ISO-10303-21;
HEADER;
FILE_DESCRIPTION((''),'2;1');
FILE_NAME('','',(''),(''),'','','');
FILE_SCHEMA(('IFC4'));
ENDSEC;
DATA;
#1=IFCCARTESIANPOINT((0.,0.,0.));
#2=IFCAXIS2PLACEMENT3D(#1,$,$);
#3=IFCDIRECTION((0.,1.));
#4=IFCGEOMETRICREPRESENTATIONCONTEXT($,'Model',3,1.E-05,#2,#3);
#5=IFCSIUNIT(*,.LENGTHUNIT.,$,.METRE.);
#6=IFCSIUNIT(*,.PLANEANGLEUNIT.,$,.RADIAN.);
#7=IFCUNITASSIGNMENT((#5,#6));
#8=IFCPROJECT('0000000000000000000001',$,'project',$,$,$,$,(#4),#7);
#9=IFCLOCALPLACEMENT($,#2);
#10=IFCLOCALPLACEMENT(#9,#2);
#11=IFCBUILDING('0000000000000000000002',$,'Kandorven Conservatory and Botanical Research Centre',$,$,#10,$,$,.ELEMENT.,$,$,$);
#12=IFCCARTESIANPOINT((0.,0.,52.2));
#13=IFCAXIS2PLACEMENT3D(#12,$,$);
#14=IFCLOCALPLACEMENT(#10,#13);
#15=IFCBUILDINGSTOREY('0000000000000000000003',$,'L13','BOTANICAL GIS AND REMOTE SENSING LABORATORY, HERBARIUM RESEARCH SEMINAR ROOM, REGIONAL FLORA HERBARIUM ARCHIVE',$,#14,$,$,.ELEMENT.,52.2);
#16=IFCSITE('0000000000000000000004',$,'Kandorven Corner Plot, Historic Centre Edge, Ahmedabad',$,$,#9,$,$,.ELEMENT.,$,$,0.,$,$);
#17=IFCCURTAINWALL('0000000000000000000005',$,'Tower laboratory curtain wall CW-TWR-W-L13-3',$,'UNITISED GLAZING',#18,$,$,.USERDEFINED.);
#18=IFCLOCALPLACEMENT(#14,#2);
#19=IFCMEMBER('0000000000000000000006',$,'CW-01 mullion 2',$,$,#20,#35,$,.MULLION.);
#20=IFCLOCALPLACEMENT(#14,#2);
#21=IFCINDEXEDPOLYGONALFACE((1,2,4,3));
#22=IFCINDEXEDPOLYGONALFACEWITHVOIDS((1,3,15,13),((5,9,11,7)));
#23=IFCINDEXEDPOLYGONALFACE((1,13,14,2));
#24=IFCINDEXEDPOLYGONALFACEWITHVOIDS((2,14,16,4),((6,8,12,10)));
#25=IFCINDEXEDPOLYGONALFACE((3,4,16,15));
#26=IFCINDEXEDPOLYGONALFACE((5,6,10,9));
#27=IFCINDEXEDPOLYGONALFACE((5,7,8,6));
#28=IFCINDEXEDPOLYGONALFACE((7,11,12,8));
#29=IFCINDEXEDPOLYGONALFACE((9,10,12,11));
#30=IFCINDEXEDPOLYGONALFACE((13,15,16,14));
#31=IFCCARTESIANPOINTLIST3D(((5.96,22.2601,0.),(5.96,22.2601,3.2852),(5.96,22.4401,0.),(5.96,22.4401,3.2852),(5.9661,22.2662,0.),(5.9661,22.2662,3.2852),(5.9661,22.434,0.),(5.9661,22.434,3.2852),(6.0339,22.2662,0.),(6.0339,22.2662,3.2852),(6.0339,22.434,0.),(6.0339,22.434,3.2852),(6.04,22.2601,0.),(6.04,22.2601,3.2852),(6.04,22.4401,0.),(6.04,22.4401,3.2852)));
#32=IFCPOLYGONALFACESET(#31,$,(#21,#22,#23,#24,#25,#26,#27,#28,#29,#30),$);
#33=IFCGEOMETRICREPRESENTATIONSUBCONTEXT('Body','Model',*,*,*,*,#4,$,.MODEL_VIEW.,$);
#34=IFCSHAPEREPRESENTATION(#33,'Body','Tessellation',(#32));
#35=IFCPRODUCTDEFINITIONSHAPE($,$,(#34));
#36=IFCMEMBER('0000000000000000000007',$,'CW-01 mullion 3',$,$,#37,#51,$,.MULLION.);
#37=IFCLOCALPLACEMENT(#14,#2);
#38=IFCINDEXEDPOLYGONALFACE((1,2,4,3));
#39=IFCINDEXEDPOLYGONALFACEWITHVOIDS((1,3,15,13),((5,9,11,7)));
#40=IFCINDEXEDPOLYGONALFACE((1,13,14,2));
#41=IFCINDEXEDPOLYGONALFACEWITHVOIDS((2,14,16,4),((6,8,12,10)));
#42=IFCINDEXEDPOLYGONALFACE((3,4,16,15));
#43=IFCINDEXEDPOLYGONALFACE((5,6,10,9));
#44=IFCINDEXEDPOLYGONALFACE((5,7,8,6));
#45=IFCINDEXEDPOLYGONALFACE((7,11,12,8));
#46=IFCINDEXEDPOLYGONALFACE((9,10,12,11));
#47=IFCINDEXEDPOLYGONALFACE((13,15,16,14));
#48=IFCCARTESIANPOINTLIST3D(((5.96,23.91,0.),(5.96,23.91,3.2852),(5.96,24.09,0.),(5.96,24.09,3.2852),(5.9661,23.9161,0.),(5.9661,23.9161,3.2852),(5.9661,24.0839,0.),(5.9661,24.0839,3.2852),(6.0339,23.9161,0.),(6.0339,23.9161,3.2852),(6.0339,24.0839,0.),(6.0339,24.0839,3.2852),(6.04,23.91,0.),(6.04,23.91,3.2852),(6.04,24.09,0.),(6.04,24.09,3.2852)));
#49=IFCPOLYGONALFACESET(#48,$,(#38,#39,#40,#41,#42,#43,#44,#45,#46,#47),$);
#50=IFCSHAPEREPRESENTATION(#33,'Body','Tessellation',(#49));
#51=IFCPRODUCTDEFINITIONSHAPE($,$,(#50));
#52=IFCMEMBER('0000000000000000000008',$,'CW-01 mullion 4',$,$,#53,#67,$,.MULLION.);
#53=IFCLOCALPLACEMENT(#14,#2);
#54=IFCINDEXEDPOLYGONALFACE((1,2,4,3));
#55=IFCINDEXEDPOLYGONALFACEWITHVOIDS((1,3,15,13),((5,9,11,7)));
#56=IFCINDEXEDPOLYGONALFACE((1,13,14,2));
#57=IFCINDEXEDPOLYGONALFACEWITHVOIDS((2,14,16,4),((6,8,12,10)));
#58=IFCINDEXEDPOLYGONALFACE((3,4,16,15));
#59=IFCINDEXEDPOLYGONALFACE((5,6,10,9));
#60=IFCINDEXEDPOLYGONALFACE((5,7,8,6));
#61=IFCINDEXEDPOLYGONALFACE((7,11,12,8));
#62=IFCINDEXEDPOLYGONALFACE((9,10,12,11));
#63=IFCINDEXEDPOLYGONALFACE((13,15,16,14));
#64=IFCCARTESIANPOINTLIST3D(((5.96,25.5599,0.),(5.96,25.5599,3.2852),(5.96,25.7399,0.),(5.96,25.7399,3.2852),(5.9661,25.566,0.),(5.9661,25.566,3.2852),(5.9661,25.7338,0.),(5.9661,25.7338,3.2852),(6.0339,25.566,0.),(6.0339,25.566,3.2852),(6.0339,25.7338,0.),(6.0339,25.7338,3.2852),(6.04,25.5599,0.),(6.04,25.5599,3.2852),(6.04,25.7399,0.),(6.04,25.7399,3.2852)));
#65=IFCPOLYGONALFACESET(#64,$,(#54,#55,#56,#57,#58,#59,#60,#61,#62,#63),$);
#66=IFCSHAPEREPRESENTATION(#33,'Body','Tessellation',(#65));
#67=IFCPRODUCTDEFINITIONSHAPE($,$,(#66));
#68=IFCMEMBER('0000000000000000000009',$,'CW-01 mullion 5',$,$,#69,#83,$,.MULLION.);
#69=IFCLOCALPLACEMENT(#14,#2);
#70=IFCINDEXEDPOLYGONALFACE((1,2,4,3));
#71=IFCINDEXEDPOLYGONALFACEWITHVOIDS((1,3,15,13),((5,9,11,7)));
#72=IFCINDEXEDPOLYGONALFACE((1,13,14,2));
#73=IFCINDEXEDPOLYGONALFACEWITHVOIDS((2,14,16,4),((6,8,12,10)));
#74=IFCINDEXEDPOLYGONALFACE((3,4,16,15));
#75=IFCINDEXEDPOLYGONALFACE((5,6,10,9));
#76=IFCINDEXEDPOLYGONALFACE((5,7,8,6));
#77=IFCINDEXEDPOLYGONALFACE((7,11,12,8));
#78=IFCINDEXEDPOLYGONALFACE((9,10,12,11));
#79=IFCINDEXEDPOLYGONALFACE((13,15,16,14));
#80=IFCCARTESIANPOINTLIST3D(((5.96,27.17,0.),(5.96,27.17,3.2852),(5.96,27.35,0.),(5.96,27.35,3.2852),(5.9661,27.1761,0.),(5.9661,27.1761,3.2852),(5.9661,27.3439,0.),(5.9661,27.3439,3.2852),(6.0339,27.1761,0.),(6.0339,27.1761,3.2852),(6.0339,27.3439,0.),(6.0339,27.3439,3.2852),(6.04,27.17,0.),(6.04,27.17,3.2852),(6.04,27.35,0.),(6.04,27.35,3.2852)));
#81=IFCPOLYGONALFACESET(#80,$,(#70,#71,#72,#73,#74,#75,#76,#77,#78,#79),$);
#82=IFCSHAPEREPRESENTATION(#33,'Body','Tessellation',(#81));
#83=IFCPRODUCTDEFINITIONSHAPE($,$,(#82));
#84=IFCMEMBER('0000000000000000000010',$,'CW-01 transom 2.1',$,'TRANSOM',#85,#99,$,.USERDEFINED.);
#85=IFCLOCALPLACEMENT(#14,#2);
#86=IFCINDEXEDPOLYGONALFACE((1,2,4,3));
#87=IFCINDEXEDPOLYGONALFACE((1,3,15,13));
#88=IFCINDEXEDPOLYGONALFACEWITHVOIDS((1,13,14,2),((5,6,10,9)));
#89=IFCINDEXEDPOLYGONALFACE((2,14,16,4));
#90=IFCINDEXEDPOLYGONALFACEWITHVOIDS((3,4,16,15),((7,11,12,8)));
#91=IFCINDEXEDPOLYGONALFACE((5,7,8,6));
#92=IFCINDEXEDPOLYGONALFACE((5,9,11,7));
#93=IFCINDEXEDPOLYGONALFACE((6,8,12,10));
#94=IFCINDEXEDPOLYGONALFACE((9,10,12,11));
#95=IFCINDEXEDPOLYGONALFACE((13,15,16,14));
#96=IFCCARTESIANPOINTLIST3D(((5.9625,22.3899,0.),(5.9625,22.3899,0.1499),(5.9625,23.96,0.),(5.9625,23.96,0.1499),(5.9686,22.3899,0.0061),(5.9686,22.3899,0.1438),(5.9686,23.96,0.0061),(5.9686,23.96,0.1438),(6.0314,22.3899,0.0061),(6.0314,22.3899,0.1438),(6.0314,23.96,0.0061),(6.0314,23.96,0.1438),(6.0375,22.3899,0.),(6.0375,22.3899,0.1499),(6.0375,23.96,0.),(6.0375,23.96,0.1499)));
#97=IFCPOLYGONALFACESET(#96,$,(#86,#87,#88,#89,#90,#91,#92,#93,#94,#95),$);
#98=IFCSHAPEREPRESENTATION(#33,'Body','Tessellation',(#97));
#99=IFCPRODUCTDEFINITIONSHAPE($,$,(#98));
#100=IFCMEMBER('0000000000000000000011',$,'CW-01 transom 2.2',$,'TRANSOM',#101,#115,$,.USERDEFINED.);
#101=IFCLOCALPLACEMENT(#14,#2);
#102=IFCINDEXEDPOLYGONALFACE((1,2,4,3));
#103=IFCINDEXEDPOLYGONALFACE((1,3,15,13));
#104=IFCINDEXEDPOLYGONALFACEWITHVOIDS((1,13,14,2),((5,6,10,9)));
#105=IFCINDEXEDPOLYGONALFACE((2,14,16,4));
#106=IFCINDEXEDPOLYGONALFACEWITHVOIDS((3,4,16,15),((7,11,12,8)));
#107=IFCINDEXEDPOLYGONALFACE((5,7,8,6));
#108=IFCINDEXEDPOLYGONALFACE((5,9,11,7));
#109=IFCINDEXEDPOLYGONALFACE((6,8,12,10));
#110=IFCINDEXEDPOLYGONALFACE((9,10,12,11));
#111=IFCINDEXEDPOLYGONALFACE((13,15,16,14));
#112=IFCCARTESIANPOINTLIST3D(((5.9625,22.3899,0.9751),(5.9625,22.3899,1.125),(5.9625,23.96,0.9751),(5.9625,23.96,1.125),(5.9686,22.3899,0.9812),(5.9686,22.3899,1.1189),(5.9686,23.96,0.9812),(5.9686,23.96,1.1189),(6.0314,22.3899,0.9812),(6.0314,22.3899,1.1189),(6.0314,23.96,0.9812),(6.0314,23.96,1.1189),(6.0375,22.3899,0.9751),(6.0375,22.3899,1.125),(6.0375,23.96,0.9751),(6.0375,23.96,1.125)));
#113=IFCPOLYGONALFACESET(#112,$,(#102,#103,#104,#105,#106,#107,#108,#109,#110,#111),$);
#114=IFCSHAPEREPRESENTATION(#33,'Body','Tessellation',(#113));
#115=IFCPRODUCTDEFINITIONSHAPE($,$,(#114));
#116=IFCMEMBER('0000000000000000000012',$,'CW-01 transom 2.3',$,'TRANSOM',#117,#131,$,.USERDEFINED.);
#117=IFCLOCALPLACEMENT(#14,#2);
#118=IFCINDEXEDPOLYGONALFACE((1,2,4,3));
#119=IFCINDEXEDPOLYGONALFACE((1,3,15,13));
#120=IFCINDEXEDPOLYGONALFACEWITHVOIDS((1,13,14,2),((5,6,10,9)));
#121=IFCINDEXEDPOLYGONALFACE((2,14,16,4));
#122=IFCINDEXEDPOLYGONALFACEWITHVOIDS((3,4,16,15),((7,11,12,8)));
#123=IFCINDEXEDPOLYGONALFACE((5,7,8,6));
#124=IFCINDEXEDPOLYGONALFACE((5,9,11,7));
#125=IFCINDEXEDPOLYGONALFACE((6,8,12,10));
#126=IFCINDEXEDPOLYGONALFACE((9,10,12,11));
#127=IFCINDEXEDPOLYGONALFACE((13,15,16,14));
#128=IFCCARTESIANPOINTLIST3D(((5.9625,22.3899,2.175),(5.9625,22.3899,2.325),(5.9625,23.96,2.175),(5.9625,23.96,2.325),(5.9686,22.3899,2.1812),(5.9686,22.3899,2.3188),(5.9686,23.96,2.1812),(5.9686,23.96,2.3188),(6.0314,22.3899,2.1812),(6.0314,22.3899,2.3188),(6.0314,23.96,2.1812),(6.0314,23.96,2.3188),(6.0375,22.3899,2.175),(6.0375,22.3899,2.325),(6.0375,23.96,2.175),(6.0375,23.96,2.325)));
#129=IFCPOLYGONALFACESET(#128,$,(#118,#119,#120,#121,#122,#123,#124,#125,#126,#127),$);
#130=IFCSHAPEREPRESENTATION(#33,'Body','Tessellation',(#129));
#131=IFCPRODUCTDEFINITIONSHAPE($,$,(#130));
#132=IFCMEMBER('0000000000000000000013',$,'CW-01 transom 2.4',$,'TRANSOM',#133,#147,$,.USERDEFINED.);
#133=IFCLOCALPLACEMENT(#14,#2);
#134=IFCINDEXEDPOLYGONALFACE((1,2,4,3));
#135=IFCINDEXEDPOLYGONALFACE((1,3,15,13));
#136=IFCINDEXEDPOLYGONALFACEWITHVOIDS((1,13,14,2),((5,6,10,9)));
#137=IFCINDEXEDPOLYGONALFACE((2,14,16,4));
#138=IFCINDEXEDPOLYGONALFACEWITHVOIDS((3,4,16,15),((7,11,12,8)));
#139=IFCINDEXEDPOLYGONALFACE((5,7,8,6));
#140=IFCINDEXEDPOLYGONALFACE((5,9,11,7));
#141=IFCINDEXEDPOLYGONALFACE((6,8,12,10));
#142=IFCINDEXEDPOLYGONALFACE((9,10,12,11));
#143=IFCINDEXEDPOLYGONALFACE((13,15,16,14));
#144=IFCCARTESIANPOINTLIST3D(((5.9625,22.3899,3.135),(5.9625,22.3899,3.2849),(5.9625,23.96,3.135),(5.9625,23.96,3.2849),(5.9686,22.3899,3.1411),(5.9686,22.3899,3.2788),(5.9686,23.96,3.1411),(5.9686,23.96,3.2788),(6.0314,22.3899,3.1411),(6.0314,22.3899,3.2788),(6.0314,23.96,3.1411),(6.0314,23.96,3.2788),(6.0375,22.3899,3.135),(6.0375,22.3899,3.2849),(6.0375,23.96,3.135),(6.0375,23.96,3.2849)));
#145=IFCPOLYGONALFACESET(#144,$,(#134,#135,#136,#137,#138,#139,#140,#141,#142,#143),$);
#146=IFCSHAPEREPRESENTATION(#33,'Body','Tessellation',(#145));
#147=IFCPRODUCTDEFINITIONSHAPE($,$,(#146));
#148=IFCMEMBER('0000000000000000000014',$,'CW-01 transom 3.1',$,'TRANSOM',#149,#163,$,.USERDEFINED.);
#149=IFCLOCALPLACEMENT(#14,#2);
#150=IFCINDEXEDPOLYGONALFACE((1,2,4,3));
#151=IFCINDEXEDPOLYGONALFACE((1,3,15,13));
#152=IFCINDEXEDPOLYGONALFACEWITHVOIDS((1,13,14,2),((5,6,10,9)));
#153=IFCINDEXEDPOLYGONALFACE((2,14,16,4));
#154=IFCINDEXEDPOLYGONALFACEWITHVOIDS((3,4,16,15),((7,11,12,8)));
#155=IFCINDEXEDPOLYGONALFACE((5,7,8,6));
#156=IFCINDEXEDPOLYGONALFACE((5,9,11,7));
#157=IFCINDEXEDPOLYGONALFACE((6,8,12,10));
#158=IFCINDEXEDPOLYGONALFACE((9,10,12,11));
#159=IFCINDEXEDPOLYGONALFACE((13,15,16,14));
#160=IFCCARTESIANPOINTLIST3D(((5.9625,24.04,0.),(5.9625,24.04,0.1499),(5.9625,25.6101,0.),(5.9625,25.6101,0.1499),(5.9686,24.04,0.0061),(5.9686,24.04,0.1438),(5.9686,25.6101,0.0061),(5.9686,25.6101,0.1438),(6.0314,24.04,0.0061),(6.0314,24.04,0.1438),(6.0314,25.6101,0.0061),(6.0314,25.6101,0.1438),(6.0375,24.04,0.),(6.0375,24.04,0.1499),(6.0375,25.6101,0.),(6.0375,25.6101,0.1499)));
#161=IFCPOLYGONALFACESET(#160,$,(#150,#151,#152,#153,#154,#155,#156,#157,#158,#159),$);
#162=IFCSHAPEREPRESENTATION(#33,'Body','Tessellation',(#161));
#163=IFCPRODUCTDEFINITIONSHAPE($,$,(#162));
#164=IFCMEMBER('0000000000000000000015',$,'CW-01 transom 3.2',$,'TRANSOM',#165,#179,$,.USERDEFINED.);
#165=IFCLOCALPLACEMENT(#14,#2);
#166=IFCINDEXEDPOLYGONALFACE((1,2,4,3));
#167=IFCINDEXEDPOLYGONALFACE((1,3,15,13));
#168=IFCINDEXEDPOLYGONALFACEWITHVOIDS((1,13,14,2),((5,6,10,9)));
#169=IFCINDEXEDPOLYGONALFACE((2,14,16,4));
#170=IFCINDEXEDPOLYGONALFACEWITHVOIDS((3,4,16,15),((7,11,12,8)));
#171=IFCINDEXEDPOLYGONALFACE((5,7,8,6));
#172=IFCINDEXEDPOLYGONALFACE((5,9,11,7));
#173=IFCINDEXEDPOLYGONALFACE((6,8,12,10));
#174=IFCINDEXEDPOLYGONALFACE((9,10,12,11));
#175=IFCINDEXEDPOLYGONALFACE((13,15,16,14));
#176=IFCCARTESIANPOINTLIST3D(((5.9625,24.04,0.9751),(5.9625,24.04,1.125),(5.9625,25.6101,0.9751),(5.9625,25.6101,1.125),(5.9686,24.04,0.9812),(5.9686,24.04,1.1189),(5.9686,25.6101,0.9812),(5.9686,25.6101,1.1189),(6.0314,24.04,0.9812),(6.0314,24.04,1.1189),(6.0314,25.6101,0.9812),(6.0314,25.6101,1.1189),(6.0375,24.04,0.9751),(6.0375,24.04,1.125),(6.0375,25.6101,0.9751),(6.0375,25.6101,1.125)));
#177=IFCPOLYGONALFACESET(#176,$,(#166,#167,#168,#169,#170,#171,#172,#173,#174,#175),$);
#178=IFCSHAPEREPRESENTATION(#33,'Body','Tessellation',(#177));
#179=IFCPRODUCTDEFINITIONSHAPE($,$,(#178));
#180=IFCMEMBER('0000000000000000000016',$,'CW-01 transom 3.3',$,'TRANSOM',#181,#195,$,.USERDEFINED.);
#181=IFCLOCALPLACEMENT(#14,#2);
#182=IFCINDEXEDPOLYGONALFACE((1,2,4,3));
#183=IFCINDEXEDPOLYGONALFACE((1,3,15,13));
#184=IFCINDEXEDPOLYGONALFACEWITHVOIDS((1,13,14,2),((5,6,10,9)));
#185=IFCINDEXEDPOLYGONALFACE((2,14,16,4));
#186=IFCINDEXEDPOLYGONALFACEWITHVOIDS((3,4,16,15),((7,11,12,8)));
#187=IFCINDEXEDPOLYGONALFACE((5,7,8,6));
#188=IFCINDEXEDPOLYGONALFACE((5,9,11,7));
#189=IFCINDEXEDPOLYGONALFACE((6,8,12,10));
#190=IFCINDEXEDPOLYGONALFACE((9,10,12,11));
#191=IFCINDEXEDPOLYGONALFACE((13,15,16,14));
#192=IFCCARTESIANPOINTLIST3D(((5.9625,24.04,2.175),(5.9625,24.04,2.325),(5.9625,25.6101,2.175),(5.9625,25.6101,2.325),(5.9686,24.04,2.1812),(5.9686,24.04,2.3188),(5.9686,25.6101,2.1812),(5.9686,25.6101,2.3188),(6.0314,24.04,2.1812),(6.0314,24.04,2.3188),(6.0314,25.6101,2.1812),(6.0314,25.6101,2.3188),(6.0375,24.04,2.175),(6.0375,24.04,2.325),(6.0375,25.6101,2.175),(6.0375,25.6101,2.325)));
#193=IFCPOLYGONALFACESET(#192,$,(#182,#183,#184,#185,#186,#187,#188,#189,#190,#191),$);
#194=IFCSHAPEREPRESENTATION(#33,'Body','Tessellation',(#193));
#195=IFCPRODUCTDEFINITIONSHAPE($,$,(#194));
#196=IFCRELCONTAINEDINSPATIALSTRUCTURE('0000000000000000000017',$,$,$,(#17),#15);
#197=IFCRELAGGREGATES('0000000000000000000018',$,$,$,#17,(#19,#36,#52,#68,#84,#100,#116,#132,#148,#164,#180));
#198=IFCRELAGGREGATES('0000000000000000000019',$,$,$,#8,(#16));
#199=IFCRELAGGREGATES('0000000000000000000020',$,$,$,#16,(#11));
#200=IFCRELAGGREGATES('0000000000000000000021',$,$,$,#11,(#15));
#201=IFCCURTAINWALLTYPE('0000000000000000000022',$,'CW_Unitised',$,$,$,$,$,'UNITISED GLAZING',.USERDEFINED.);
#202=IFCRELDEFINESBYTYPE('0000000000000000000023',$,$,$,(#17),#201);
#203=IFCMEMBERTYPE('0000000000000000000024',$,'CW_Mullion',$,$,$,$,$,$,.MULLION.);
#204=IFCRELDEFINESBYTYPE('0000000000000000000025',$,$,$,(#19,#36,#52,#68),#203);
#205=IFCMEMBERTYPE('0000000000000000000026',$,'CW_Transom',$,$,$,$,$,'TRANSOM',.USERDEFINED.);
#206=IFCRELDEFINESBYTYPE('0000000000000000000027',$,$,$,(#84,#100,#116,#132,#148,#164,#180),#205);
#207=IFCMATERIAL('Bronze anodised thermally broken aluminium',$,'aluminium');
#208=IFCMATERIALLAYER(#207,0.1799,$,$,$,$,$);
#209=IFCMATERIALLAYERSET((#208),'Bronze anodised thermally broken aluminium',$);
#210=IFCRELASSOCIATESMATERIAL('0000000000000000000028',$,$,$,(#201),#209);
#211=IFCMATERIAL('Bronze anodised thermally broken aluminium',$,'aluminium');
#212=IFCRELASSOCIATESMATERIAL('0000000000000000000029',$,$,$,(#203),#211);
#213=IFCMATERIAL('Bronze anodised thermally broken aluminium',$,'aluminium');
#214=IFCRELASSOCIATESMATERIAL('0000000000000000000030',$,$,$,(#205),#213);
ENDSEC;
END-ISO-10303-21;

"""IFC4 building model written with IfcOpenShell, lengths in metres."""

from ifc_helpers import new_model, si_unit, direction, frame, origin, origin_2d, place, context, subcontext, project, spatial, hollow_rectangle, extrude, material, layer, layer_set, material_profile, profile_set, type_object, element, aggregate, save


model = new_model("IFC4")

# Units and contexts
model_context = context("Model", 3, precision=1e-05, world=origin(), true_north=direction((0.0, 1.0)))
body_context = subcontext(model_context, "Body", "Model", "MODEL_VIEW")
ifc_project = project(units=[si_unit("LENGTHUNIT", "METRE"), si_unit("PLANEANGLEUNIT", "RADIAN")], contexts=[model_context])

# Site, building, storey
site_placement = place(None, origin())
site = spatial("IfcSite", under=ifc_project, at=site_placement, Name="Kandorven Corner Plot, Historic Centre Edge, Ahmedabad", CompositionType="ELEMENT", RefElevation=0.0)
building_placement = place(site_placement, origin())
building = spatial("IfcBuilding", under=site, at=building_placement, Name="Kandorven Conservatory and Botanical Research Centre", CompositionType="ELEMENT")
storey_placement = place(building_placement, frame((0.0, 0.0, 52.2)))
storey = spatial("IfcBuildingStorey", under=building, at=storey_placement, Name="L13", Description="BOTANICAL GIS AND REMOTE SENSING LABORATORY, HERBARIUM RESEARCH SEMINAR ROOM, REGIONAL FLORA HERBARIUM ARCHIVE", CompositionType="ELEMENT", Elevation=52.2)

# Curtain wall, members
ifc_material_1 = material(Name="Bronze anodised thermally broken aluminium", Category="aluminium")
ifc_layer_1 = layer(ifc_material_1, 0.1799)
ifc_layer_set_1 = layer_set([ifc_layer_1], Name="Bronze anodised thermally broken aluminium")
curtain_wall_type = type_object("IfcCurtainWallType", Name="CW_Unitised", ElementType="UNITISED GLAZING", PredefinedType="USERDEFINED", material=ifc_layer_set_1)
curtain_wall_placement = place(storey_placement, origin())
curtain_wall = element("IfcCurtainWall", 1, at=curtain_wall_placement, inside=storey, type_object=curtain_wall_type, Name="Tower laboratory curtain wall CW-TWR-W-L13-3", ObjectType="UNITISED GLAZING", PredefinedType="USERDEFINED")
ifc_material_2 = material(Name="Bronze anodised thermally broken aluminium", Category="aluminium")
ifc_material_profile_1 = material_profile(ifc_material_2, hollow_rectangle(XDim=0.0801, YDim=0.1799, WallThickness=0.0061, at=origin_2d()))
ifc_profile_set_1 = profile_set([ifc_material_profile_1], Name="Bronze anodised thermally broken aluminium")
member_type_1 = type_object("IfcMemberType", Name="CW_Mullion", PredefinedType="MULLION", material=ifc_profile_set_1)
member_1_placement = place(storey_placement, frame((6.0, 22.3501, 0.0), z_axis=(0.0, 0.0, 1.0), x_axis=(-1.0, 0.0, 0.0)))
member_1 = element("IfcMember", 2, at=member_1_placement, type_object=member_type_1, Name="CW-01 mullion 2", PredefinedType="MULLION", context=body_context, shape_type="SweptSolid", body=[
    extrude(hollow_rectangle(XDim=0.0801, YDim=0.1799, WallThickness=0.0061, at=origin_2d()), origin(), (0.0, 0.0, 1.0), 3.2852),
])
member_2_placement = place(storey_placement, frame((6.0, 24.0, 0.0), z_axis=(0.0, 0.0, 1.0), x_axis=(-1.0, 0.0, 0.0)))
member_2 = element("IfcMember", 3, at=member_2_placement, type_object=member_type_1, Name="CW-01 mullion 3", PredefinedType="MULLION", context=body_context, shape_type="SweptSolid", body=[
    extrude(hollow_rectangle(XDim=0.0801, YDim=0.1799, WallThickness=0.0061, at=origin_2d()), origin(), (0.0, 0.0, 1.0), 3.2852),
])
member_3_placement = place(storey_placement, frame((6.0, 25.6499, 0.0), z_axis=(0.0, 0.0, 1.0), x_axis=(-1.0, 0.0, 0.0)))
member_3 = element("IfcMember", 4, at=member_3_placement, type_object=member_type_1, Name="CW-01 mullion 4", PredefinedType="MULLION", context=body_context, shape_type="SweptSolid", body=[
    extrude(hollow_rectangle(XDim=0.0801, YDim=0.1799, WallThickness=0.0061, at=origin_2d()), origin(), (0.0, 0.0, 1.0), 3.2852),
])
member_4_placement = place(storey_placement, frame((6.0, 27.26, 0.0), z_axis=(0.0, 0.0, 1.0), x_axis=(-1.0, 0.0, 0.0)))
member_4 = element("IfcMember", 5, at=member_4_placement, type_object=member_type_1, Name="CW-01 mullion 5", PredefinedType="MULLION", context=body_context, shape_type="SweptSolid", body=[
    extrude(hollow_rectangle(XDim=0.0801, YDim=0.1799, WallThickness=0.0061, at=origin_2d()), origin(), (0.0, 0.0, 1.0), 3.2852),
])
ifc_material_3 = material(Name="Bronze anodised thermally broken aluminium", Category="aluminium")
ifc_material_profile_2 = material_profile(ifc_material_3, hollow_rectangle(XDim=0.075, YDim=0.1499, WallThickness=0.0061, at=origin_2d()))
ifc_profile_set_2 = profile_set([ifc_material_profile_2], Name="Bronze anodised thermally broken aluminium")
member_type_2 = type_object("IfcMemberType", Name="CW_Transom", ElementType="TRANSOM", PredefinedType="USERDEFINED", material=ifc_profile_set_2)
member_5_placement = place(storey_placement, frame((6.0, 22.3899, 0.075), z_axis=(0.0, 1.0, 0.0), x_axis=(-1.0, 0.0, 0.0)))
member_5 = element("IfcMember", 6, at=member_5_placement, type_object=member_type_2, Name="CW-01 transom 2.1", ObjectType="TRANSOM", PredefinedType="USERDEFINED", context=body_context, shape_type="SweptSolid", body=[
    extrude(hollow_rectangle(XDim=0.075, YDim=0.1499, WallThickness=0.0061, at=origin_2d()), origin(), (0.0, 0.0, 1.0), 1.5701),
])
member_6_placement = place(storey_placement, frame((6.0, 22.3899, 1.05), z_axis=(0.0, 1.0, 0.0), x_axis=(-1.0, 0.0, 0.0)))
member_6 = element("IfcMember", 7, at=member_6_placement, type_object=member_type_2, Name="CW-01 transom 2.2", ObjectType="TRANSOM", PredefinedType="USERDEFINED", context=body_context, shape_type="SweptSolid", body=[
    extrude(hollow_rectangle(XDim=0.075, YDim=0.1499, WallThickness=0.0061, at=origin_2d()), origin(), (0.0, 0.0, 1.0), 1.5701),
])
member_7_placement = place(storey_placement, frame((6.0, 22.3899, 2.25), z_axis=(0.0, 1.0, 0.0), x_axis=(-1.0, 0.0, 0.0)))
member_7 = element("IfcMember", 8, at=member_7_placement, type_object=member_type_2, Name="CW-01 transom 2.3", ObjectType="TRANSOM", PredefinedType="USERDEFINED", context=body_context, shape_type="SweptSolid", body=[
    extrude(hollow_rectangle(XDim=0.075, YDim=0.1499, WallThickness=0.0061, at=origin_2d()), origin(), (0.0, 0.0, 1.0), 1.5701),
])
member_8_placement = place(storey_placement, frame((6.0, 22.3899, 3.21), z_axis=(0.0, 1.0, 0.0), x_axis=(-1.0, 0.0, 0.0)))
member_8 = element("IfcMember", 9, at=member_8_placement, type_object=member_type_2, Name="CW-01 transom 2.4", ObjectType="TRANSOM", PredefinedType="USERDEFINED", context=body_context, shape_type="SweptSolid", body=[
    extrude(hollow_rectangle(XDim=0.075, YDim=0.1499, WallThickness=0.0061, at=origin_2d()), origin(), (0.0, 0.0, 1.0), 1.5701),
])
member_9_placement = place(storey_placement, frame((6.0, 24.04, 0.075), z_axis=(0.0, 1.0, 0.0), x_axis=(-1.0, 0.0, 0.0)))
member_9 = element("IfcMember", 10, at=member_9_placement, type_object=member_type_2, Name="CW-01 transom 3.1", ObjectType="TRANSOM", PredefinedType="USERDEFINED", context=body_context, shape_type="SweptSolid", body=[
    extrude(hollow_rectangle(XDim=0.075, YDim=0.1499, WallThickness=0.0061, at=origin_2d()), origin(), (0.0, 0.0, 1.0), 1.5701),
])
member_10_placement = place(storey_placement, frame((6.0, 24.04, 1.05), z_axis=(0.0, 1.0, 0.0), x_axis=(-1.0, 0.0, 0.0)))
member_10 = element("IfcMember", 11, at=member_10_placement, type_object=member_type_2, Name="CW-01 transom 3.2", ObjectType="TRANSOM", PredefinedType="USERDEFINED", context=body_context, shape_type="SweptSolid", body=[
    extrude(hollow_rectangle(XDim=0.075, YDim=0.1499, WallThickness=0.0061, at=origin_2d()), origin(), (0.0, 0.0, 1.0), 1.5701),
])
member_11_placement = place(storey_placement, frame((6.0, 24.04, 2.25), z_axis=(0.0, 1.0, 0.0), x_axis=(-1.0, 0.0, 0.0)))
member_11 = element("IfcMember", 12, at=member_11_placement, type_object=member_type_2, Name="CW-01 transom 3.3", ObjectType="TRANSOM", PredefinedType="USERDEFINED", context=body_context, shape_type="SweptSolid", body=[
    extrude(hollow_rectangle(XDim=0.075, YDim=0.1499, WallThickness=0.0061, at=origin_2d()), origin(), (0.0, 0.0, 1.0), 1.5701),
])
aggregate(curtain_wall, [member_1, member_2, member_3, member_4, member_5, member_6, member_7, member_8, member_9, member_10, member_11])

save(model, "model.ifc")
